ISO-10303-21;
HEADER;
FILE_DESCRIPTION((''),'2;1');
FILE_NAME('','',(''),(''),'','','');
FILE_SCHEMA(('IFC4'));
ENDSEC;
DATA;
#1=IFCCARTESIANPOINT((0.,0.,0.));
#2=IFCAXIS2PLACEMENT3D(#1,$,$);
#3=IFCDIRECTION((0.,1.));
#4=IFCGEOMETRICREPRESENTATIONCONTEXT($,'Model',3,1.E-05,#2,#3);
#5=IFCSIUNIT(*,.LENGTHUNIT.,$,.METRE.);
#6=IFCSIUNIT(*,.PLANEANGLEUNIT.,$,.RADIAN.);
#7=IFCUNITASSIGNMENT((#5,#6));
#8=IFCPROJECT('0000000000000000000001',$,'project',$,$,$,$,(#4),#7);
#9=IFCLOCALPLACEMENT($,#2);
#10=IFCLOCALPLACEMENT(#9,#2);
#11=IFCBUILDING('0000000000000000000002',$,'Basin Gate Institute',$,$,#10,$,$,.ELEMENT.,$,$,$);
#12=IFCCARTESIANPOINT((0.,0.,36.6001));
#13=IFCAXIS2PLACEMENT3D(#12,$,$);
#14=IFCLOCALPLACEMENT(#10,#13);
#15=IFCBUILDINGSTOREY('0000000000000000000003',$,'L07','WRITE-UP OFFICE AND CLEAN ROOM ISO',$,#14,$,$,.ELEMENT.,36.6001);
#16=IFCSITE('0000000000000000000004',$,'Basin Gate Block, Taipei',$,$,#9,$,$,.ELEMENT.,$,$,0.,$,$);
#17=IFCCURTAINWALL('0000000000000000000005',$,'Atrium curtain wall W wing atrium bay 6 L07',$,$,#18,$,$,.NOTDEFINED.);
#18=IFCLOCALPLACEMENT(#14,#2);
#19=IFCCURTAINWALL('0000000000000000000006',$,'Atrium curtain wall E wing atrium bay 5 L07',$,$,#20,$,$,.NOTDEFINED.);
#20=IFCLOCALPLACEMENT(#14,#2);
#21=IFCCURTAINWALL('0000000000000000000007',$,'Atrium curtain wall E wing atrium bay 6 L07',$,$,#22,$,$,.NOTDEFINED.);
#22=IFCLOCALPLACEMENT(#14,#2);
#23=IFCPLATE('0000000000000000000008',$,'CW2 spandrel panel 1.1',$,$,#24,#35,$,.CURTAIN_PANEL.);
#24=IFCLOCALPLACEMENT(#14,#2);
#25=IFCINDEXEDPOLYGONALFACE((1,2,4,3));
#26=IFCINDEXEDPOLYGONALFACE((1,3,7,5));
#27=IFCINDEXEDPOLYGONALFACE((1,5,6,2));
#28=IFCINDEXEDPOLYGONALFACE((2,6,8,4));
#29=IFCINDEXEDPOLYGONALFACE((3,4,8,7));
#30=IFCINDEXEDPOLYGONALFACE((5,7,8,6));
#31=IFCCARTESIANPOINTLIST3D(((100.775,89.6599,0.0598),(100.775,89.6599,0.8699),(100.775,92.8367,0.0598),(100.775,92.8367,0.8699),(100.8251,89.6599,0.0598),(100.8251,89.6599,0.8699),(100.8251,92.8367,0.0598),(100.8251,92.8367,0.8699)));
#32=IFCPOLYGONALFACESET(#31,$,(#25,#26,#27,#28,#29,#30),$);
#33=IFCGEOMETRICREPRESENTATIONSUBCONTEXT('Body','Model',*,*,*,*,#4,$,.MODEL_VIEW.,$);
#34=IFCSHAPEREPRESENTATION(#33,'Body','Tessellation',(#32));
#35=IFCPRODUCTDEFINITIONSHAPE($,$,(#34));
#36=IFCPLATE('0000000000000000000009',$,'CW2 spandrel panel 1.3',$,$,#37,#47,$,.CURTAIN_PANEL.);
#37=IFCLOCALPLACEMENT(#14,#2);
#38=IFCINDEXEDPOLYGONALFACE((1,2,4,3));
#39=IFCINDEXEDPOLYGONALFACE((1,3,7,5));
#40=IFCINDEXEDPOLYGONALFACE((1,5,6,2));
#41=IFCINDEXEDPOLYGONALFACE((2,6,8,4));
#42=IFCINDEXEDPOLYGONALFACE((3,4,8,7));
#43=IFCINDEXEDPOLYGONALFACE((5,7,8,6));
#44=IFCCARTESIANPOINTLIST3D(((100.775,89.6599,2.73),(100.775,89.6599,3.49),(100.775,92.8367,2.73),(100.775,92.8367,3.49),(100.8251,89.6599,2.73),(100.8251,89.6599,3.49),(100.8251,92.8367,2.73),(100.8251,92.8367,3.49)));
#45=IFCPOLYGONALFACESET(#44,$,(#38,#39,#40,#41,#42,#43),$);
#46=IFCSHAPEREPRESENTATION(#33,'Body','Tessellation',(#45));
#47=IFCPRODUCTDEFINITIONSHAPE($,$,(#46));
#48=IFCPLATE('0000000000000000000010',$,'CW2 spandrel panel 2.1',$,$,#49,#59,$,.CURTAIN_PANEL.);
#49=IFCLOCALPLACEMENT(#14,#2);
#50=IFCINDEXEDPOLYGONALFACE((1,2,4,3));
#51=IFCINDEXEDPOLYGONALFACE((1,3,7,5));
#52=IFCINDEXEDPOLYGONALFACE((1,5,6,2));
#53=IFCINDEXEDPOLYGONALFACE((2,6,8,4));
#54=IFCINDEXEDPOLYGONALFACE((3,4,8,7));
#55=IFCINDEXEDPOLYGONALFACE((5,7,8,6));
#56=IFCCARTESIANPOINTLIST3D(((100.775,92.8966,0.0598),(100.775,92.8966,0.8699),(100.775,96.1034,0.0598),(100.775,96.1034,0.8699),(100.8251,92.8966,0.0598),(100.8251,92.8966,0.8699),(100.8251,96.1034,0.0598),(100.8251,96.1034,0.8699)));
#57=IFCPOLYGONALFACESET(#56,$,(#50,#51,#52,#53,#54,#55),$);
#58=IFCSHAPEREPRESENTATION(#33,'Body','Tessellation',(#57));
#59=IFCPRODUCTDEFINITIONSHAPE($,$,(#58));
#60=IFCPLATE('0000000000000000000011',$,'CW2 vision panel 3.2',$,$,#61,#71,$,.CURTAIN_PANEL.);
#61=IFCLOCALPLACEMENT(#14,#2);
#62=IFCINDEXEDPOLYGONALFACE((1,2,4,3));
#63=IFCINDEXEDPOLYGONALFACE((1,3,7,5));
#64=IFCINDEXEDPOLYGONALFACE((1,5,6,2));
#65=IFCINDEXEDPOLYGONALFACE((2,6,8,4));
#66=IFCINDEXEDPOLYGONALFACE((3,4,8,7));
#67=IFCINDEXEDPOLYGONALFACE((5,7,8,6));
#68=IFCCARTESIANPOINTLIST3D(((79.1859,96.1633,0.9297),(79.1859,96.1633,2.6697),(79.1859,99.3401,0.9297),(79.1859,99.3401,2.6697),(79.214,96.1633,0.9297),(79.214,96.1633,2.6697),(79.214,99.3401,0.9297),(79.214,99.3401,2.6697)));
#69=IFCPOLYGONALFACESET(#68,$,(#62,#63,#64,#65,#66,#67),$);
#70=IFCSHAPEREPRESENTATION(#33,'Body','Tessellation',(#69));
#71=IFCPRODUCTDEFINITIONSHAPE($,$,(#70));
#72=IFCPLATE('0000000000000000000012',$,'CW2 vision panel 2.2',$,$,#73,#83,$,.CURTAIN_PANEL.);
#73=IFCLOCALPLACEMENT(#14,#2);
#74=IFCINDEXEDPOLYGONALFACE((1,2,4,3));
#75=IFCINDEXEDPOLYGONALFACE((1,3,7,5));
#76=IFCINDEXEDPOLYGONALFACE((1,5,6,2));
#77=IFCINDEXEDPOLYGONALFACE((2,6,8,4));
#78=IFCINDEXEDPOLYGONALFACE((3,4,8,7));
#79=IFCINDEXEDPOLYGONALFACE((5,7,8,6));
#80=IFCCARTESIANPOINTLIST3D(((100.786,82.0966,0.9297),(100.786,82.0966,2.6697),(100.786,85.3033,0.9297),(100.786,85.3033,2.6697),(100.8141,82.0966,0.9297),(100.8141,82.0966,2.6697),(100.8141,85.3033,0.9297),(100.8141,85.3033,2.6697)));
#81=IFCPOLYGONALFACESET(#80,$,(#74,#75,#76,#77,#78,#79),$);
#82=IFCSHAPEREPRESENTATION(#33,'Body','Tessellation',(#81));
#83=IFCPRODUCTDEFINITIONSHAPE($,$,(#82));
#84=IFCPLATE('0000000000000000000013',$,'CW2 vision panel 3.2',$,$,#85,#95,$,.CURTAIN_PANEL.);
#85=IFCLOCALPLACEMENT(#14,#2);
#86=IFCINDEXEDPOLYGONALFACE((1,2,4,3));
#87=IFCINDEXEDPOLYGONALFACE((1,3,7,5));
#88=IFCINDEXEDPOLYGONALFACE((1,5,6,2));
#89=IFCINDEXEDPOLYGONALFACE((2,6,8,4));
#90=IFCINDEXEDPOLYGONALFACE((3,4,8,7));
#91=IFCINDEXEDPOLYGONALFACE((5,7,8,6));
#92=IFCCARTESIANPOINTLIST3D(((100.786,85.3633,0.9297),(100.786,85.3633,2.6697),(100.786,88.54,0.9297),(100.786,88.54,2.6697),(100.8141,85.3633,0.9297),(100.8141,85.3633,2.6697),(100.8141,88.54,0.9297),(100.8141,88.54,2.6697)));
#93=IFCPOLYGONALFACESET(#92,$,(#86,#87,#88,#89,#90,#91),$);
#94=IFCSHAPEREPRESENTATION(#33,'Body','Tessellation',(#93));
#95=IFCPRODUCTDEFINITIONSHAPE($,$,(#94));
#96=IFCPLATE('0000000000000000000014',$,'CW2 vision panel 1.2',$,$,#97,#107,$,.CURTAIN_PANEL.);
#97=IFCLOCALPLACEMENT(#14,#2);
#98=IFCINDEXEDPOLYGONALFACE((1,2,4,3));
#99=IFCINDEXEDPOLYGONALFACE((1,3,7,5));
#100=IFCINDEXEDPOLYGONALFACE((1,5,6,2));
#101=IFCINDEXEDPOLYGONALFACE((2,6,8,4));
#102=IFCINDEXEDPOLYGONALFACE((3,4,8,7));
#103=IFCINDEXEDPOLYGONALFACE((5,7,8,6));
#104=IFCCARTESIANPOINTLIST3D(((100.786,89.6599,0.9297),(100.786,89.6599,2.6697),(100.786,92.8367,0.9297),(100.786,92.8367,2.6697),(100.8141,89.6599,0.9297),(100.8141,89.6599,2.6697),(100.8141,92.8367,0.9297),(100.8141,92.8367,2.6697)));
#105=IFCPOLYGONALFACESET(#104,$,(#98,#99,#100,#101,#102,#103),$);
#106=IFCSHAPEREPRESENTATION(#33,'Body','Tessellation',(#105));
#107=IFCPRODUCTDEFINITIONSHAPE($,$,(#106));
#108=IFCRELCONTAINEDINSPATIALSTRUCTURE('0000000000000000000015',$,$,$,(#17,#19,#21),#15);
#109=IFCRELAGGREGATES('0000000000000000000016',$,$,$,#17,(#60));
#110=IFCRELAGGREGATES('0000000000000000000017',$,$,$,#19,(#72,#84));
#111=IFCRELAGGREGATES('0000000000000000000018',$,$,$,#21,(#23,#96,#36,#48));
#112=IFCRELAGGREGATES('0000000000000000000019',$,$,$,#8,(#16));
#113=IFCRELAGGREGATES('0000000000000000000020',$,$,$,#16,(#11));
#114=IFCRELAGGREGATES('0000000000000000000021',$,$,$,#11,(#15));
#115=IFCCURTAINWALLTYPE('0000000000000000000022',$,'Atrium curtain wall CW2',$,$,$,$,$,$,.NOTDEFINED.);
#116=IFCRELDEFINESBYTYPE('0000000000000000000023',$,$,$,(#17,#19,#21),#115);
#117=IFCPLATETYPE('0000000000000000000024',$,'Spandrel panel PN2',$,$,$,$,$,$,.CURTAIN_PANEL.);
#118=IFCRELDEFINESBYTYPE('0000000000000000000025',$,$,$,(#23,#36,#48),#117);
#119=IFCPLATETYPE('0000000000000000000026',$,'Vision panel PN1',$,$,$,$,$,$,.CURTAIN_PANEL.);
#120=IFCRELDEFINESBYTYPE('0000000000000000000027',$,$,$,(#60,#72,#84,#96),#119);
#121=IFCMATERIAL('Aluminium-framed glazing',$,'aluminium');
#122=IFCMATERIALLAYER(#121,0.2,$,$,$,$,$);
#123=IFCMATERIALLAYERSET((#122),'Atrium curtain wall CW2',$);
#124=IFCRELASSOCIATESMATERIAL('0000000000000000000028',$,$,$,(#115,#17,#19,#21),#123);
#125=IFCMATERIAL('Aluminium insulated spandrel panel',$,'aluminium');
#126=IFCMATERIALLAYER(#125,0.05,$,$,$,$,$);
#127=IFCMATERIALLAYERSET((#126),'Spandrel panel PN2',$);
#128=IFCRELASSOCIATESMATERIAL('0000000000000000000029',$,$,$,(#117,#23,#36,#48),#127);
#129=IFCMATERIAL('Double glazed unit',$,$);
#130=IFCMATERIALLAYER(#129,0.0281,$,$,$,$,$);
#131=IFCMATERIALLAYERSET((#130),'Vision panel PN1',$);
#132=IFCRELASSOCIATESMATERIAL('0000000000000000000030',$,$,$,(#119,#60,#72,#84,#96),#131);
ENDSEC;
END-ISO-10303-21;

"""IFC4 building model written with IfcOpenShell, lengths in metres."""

from ifc_helpers import new_model, si_unit, direction, frame, origin, origin_2d, place, context, subcontext, project, spatial, rectangle, extrude, material, layer, layer_set, type_object, element, aggregate, save


model = new_model("IFC4")

# Units and contexts
model_context = context("Model", 3, precision=1e-05, world=origin(), true_north=direction((0.0, 1.0)))
body_context = subcontext(model_context, "Body", "Model", "MODEL_VIEW")
ifc_project = project(units=[si_unit("LENGTHUNIT", "METRE"), si_unit("PLANEANGLEUNIT", "RADIAN")], contexts=[model_context])

# Site, building, storey
site_placement = place(None, origin())
site = spatial("IfcSite", under=ifc_project, at=site_placement, Name="Basin Gate Block, Taipei", CompositionType="ELEMENT", RefElevation=0.0)
building_placement = place(site_placement, origin())
building = spatial("IfcBuilding", under=site, at=building_placement, Name="Basin Gate Institute", CompositionType="ELEMENT")
storey_placement = place(building_placement, frame((0.0, 0.0, 36.6001)))
storey = spatial("IfcBuildingStorey", under=building, at=storey_placement, Name="L07", Description="WRITE-UP OFFICE AND CLEAN ROOM ISO", CompositionType="ELEMENT", Elevation=36.6001)

# Curtain wall
ifc_material_1 = material(Name="Aluminium-framed glazing", Category="aluminium")
ifc_layer_1 = layer(ifc_material_1, 0.2)
ifc_layer_set_1 = layer_set([ifc_layer_1], Name="Atrium curtain wall CW2")
curtain_wall_type = type_object("IfcCurtainWallType", Name="Atrium curtain wall CW2", PredefinedType="NOTDEFINED", material=ifc_layer_set_1)
curtain_wall_1_placement = place(storey_placement, origin())
curtain_wall_1 = element("IfcCurtainWall", 1, at=curtain_wall_1_placement, inside=storey, type_object=curtain_wall_type, material=ifc_layer_set_1, Name="Atrium curtain wall W wing atrium bay 6 L07", PredefinedType="NOTDEFINED")

# Curtain walls
curtain_wall_2_placement = place(storey_placement, origin())
curtain_wall_2 = element("IfcCurtainWall", 2, at=curtain_wall_2_placement, inside=storey, type_object=curtain_wall_type, material=ifc_layer_set_1, Name="Atrium curtain wall E wing atrium bay 5 L07", PredefinedType="NOTDEFINED")
curtain_wall_3_placement = place(storey_placement, origin())
curtain_wall_3 = element("IfcCurtainWall", 3, at=curtain_wall_3_placement, inside=storey, type_object=curtain_wall_type, material=ifc_layer_set_1, Name="Atrium curtain wall E wing atrium bay 6 L07", PredefinedType="NOTDEFINED")

# Plates
ifc_material_2 = material(Name="Aluminium insulated spandrel panel", Category="aluminium")
ifc_layer_2 = layer(ifc_material_2, 0.05)
ifc_layer_set_2 = layer_set([ifc_layer_2], Name="Spandrel panel PN2")
plate_type_1 = type_object("IfcPlateType", Name="Spandrel panel PN2", PredefinedType="CURTAIN_PANEL", material=ifc_layer_set_2)
plate_1_placement = place(storey_placement, frame((100.8, 91.2483, 0.0598), z_axis=(0.0, 0.0, 1.0), x_axis=(0.0, 1.0, 0.0)))
plate_1 = element("IfcPlate", 4, at=plate_1_placement, type_object=plate_type_1, material=ifc_layer_set_2, Name="CW2 spandrel panel 1.1", PredefinedType="CURTAIN_PANEL", context=body_context, shape_type="SweptSolid", body=[
    extrude(rectangle(XDim=3.1768, YDim=0.05, at=origin_2d()), origin(), (0.0, 0.0, 1.0), 0.8101),
])
plate_2_placement = place(storey_placement, frame((100.8, 91.2483, 2.73), z_axis=(0.0, 0.0, 1.0), x_axis=(0.0, 1.0, 0.0)))
plate_2 = element("IfcPlate", 5, at=plate_2_placement, type_object=plate_type_1, material=ifc_layer_set_2, Name="CW2 spandrel panel 1.3", PredefinedType="CURTAIN_PANEL", context=body_context, shape_type="SweptSolid", body=[
    extrude(rectangle(XDim=3.1768, YDim=0.05, at=origin_2d()), origin(), (0.0, 0.0, 1.0), 0.76),
])
plate_3_placement = place(storey_placement, frame((100.8, 94.5, 0.0598), z_axis=(0.0, 0.0, 1.0), x_axis=(0.0, 1.0, 0.0)))
plate_3 = element("IfcPlate", 6, at=plate_3_placement, type_object=plate_type_1, material=ifc_layer_set_2, Name="CW2 spandrel panel 2.1", PredefinedType="CURTAIN_PANEL", context=body_context, shape_type="SweptSolid", body=[
    extrude(rectangle(XDim=3.2068, YDim=0.05, at=origin_2d()), origin(), (0.0, 0.0, 1.0), 0.8101),
])
ifc_material_3 = material(Name="Double glazed unit")
ifc_layer_3 = layer(ifc_material_3, 0.0281)
ifc_layer_set_3 = layer_set([ifc_layer_3], Name="Vision panel PN1")
plate_type_2 = type_object("IfcPlateType", Name="Vision panel PN1", PredefinedType="CURTAIN_PANEL", material=ifc_layer_set_3)
plate_4_placement = place(storey_placement, frame((79.2, 97.7517, 0.9297), z_axis=(0.0, 0.0, 1.0), x_axis=(0.0, 1.0, 0.0)))
plate_4 = element("IfcPlate", 7, at=plate_4_placement, type_object=plate_type_2, material=ifc_layer_set_3, Name="CW2 vision panel 3.2", PredefinedType="CURTAIN_PANEL", context=body_context, shape_type="SweptSolid", body=[
    extrude(rectangle(XDim=3.1768, YDim=0.0281, at=origin_2d()), origin(), (0.0, 0.0, 1.0), 1.74),
])
aggregate(curtain_wall_1, [plate_4])
plate_5_placement = place(storey_placement, frame((100.8, 83.7, 0.9297), z_axis=(0.0, 0.0, 1.0), x_axis=(0.0, 1.0, 0.0)))
plate_5 = element("IfcPlate", 8, at=plate_5_placement, type_object=plate_type_2, material=ifc_layer_set_3, Name="CW2 vision panel 2.2", PredefinedType="CURTAIN_PANEL", context=body_context, shape_type="SweptSolid", body=[
    extrude(rectangle(XDim=3.2068, YDim=0.0281, at=origin_2d()), origin(), (0.0, 0.0, 1.0), 1.74),
])
plate_6_placement = place(storey_placement, frame((100.8, 86.9517, 0.9297), z_axis=(0.0, 0.0, 1.0), x_axis=(0.0, 1.0, 0.0)))
plate_6 = element("IfcPlate", 9, at=plate_6_placement, type_object=plate_type_2, material=ifc_layer_set_3, Name="CW2 vision panel 3.2", PredefinedType="CURTAIN_PANEL", context=body_context, shape_type="SweptSolid", body=[
    extrude(rectangle(XDim=3.1768, YDim=0.0281, at=origin_2d()), origin(), (0.0, 0.0, 1.0), 1.74),
])
aggregate(curtain_wall_2, [plate_5, plate_6])
plate_7_placement = place(storey_placement, frame((100.8, 91.2483, 0.9297), z_axis=(0.0, 0.0, 1.0), x_axis=(0.0, 1.0, 0.0)))
plate_7 = element("IfcPlate", 10, at=plate_7_placement, type_object=plate_type_2, material=ifc_layer_set_3, Name="CW2 vision panel 1.2", PredefinedType="CURTAIN_PANEL", context=body_context, shape_type="SweptSolid", body=[
    extrude(rectangle(XDim=3.1768, YDim=0.0281, at=origin_2d()), origin(), (0.0, 0.0, 1.0), 1.74),
])
aggregate(curtain_wall_3, [plate_1, plate_7, plate_2, plate_3])

save(model, "model.ifc")
